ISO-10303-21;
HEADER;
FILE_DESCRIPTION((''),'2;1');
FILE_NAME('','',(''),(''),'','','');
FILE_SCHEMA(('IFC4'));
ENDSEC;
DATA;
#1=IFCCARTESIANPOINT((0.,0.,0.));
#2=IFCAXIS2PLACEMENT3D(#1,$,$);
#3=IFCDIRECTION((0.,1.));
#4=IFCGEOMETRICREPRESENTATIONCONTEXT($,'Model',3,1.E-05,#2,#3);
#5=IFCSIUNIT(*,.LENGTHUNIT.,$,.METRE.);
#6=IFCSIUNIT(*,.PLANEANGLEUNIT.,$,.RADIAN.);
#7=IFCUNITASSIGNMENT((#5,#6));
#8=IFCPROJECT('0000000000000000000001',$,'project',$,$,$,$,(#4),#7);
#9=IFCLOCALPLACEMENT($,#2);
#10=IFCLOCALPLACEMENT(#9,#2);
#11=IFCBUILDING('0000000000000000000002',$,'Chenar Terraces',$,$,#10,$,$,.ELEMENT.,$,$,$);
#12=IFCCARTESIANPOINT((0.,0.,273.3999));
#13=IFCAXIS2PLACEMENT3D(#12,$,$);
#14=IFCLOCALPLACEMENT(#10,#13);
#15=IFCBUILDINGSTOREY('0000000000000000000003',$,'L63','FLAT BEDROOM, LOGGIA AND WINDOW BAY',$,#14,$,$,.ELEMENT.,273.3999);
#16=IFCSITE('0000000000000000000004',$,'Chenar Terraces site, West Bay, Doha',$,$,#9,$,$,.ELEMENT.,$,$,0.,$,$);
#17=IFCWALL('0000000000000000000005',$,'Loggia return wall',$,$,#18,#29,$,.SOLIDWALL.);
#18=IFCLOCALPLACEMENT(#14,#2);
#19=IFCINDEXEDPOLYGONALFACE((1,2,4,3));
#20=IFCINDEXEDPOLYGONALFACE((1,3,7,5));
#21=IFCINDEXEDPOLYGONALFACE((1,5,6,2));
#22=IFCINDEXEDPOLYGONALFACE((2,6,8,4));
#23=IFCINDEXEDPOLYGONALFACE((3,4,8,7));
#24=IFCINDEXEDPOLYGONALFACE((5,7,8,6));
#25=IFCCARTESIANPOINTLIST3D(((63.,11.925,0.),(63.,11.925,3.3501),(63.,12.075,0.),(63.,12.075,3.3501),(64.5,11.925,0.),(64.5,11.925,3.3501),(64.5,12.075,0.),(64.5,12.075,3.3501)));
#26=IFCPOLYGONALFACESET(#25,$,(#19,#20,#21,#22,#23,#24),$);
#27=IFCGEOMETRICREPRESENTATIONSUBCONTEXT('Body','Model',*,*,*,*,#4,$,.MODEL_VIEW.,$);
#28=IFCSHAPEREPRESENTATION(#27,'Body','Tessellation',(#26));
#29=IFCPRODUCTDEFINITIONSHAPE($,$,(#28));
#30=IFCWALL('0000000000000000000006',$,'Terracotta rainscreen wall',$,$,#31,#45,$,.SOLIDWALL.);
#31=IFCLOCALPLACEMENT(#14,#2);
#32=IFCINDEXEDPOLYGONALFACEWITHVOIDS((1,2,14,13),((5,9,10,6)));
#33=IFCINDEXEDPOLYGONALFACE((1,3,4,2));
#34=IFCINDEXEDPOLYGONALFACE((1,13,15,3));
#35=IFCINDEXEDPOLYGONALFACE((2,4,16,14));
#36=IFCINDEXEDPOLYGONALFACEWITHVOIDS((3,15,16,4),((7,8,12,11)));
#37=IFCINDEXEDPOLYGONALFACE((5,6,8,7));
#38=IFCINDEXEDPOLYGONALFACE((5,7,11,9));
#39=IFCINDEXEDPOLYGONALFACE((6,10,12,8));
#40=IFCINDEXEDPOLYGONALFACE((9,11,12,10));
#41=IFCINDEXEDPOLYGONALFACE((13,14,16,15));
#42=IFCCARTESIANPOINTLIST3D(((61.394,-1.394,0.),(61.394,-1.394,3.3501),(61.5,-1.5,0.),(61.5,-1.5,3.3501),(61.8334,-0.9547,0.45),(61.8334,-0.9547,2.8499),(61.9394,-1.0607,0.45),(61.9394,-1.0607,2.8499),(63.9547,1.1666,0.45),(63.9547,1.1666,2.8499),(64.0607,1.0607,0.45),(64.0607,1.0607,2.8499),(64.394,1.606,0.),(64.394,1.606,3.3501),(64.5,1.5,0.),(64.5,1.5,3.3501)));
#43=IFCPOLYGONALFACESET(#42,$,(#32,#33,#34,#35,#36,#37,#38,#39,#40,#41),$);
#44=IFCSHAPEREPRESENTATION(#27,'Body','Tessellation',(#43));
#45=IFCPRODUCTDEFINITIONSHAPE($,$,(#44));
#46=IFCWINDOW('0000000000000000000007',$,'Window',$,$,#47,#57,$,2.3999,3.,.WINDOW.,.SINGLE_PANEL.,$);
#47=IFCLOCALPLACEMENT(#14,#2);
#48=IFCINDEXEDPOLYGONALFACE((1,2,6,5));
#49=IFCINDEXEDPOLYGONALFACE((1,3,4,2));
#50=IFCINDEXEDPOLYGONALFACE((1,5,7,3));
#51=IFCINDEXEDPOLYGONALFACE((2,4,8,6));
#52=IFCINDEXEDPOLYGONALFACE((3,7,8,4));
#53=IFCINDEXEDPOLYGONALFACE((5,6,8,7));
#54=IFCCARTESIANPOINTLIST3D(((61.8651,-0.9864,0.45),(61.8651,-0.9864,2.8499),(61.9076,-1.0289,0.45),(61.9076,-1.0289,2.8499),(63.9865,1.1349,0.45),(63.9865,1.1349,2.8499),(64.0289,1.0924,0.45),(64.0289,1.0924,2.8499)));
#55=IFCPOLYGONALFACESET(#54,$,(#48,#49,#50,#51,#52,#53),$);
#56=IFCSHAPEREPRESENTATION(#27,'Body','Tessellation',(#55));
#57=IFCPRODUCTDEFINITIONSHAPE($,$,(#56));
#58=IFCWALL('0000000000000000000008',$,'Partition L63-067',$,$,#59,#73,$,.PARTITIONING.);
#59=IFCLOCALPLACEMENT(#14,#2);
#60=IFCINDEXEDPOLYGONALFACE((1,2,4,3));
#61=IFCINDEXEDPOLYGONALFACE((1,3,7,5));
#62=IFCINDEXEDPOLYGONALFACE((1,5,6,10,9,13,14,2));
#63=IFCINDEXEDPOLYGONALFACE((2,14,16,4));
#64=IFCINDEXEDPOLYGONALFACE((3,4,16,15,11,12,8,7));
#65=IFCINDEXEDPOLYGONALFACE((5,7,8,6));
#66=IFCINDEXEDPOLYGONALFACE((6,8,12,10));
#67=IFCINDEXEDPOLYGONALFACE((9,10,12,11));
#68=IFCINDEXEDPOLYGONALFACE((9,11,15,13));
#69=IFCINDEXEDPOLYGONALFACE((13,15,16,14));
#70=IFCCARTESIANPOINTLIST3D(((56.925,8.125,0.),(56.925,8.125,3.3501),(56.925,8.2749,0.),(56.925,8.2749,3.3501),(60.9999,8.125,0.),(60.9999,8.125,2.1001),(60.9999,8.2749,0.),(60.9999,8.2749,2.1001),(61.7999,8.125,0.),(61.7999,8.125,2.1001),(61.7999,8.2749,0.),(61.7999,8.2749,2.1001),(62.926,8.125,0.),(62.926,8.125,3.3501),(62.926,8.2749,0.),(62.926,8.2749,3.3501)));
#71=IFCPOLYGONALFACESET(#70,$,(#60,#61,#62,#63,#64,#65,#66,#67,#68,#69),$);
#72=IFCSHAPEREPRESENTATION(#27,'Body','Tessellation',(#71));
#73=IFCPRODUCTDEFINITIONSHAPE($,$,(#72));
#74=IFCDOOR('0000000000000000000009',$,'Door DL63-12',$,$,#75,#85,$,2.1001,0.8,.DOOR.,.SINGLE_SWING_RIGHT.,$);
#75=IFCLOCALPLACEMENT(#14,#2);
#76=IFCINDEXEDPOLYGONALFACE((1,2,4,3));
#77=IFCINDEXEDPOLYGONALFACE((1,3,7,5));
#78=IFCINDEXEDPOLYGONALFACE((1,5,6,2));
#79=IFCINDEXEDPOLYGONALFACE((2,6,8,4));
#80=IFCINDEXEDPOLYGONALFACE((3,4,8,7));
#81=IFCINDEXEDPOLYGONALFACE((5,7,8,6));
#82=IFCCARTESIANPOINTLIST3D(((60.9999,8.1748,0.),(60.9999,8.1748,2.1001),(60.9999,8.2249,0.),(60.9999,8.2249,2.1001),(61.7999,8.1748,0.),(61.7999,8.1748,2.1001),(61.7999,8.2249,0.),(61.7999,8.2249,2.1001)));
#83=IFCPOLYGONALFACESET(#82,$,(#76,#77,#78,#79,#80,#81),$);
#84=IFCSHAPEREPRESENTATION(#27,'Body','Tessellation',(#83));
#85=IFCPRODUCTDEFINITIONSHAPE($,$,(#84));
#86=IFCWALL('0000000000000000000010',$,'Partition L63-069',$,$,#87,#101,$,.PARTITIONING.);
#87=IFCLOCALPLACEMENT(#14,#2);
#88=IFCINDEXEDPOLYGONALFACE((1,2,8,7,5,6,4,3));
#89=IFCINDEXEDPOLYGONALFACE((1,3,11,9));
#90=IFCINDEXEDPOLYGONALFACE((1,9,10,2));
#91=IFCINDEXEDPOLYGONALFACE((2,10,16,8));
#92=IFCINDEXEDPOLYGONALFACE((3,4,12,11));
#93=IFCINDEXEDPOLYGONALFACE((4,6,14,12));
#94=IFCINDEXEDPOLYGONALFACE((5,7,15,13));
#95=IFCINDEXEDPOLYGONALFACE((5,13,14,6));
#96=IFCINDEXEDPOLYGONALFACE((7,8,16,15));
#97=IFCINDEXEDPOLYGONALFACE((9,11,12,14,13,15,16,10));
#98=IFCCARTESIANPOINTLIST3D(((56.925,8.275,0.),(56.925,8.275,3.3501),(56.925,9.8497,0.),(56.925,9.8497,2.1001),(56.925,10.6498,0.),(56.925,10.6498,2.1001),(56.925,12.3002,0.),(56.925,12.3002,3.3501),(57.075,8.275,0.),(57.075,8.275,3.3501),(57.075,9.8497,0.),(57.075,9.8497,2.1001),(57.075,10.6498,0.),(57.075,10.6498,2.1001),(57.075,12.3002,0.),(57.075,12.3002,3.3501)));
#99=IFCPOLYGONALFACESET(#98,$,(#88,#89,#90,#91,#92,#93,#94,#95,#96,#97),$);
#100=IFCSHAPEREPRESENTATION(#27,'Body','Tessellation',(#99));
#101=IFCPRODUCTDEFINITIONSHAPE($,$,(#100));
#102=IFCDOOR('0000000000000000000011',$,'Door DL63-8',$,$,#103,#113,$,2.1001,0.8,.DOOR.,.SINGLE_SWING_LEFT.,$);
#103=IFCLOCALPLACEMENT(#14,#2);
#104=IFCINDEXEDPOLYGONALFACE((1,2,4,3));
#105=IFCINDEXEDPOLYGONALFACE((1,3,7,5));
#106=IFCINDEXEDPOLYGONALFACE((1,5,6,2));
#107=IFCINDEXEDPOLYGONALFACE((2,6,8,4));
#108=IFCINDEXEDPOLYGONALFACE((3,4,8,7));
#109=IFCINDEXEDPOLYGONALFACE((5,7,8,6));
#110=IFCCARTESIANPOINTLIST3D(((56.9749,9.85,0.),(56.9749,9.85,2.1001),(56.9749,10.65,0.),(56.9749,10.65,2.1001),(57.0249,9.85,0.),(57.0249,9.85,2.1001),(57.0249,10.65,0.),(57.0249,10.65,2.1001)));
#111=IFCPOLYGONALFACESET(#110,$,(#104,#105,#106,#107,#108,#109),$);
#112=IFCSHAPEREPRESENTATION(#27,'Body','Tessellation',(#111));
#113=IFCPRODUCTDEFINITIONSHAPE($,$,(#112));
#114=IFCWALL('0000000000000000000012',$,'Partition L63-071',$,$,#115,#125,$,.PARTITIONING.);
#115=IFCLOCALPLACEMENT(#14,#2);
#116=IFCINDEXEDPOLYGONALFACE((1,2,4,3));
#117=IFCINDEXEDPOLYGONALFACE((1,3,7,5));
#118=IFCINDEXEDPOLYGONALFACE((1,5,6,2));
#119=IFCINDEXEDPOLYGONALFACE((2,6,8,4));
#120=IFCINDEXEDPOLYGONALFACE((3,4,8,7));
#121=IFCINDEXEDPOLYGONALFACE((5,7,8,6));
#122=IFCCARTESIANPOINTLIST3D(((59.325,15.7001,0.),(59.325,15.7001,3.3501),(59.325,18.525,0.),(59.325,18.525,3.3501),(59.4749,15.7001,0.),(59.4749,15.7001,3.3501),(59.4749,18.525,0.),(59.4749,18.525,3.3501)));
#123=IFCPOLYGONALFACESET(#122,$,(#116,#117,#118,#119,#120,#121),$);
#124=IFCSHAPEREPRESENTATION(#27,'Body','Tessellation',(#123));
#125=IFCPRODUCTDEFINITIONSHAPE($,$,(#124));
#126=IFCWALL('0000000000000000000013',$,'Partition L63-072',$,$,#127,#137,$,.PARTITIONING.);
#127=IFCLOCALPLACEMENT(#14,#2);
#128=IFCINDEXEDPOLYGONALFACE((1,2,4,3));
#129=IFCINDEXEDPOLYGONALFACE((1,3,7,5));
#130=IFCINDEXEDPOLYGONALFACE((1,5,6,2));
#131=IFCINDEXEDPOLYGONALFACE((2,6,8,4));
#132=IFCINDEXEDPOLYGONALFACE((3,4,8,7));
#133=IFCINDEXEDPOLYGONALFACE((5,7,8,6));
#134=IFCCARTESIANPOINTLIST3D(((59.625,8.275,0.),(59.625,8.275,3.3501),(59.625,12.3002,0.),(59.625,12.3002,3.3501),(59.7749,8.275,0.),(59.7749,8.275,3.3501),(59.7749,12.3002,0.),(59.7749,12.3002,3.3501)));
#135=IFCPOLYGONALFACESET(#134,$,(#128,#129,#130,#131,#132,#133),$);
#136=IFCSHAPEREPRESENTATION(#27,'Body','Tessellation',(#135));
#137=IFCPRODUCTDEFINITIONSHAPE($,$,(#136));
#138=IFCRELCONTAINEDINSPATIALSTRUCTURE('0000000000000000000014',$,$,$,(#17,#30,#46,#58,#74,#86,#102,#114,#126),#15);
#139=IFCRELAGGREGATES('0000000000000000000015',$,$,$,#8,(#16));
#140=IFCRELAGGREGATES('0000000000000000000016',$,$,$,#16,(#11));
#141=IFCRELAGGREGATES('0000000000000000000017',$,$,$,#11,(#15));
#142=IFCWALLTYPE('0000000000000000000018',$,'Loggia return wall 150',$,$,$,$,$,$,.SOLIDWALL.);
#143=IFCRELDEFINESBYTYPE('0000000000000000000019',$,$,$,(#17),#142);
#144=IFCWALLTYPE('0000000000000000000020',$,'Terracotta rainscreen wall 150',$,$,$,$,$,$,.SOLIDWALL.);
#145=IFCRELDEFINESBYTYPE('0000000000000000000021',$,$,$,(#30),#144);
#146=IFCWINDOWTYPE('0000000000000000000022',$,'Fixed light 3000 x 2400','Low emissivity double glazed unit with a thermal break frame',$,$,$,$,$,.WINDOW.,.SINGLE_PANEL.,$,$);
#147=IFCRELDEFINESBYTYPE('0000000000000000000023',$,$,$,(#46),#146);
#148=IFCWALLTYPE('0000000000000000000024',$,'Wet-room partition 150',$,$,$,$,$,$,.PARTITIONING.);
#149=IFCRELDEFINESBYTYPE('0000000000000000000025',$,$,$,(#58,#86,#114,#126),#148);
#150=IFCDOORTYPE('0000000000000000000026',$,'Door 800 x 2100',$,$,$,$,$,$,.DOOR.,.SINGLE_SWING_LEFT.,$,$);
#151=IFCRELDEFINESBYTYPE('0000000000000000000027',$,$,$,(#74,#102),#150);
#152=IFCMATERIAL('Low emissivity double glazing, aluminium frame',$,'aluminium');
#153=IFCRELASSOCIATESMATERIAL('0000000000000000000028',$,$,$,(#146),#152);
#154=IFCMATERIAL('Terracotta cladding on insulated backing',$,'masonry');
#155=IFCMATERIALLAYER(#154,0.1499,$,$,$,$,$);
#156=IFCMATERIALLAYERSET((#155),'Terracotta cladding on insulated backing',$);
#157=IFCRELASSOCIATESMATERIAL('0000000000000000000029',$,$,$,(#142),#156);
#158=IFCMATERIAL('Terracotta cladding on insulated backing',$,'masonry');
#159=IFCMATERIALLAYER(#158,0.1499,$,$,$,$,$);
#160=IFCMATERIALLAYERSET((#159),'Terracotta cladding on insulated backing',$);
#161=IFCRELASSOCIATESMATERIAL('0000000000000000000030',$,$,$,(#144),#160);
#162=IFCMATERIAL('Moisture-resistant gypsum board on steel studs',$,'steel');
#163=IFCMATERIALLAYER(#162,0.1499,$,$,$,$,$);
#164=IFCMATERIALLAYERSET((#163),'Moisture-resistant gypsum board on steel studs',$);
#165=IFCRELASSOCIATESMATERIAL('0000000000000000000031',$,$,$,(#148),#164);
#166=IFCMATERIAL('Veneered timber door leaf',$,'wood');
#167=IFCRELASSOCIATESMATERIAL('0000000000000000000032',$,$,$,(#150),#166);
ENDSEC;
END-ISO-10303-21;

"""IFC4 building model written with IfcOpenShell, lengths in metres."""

from ifc_helpers import new_model, si_unit, direction, frame, frame_2d, origin, place, context, subcontext, project, spatial, rectangle, extrude, material, layer, layer_set, type_object, element, fill, save


model = new_model("IFC4")

# Units and contexts
model_context = context("Model", 3, precision=1e-05, world=origin(), true_north=direction((0.0, 1.0)))
body_context = subcontext(model_context, "Body", "Model", "MODEL_VIEW")
ifc_project = project(units=[si_unit("LENGTHUNIT", "METRE"), si_unit("PLANEANGLEUNIT", "RADIAN")], contexts=[model_context])

# Site, building, storey
site_placement = place(None, origin())
site = spatial("IfcSite", under=ifc_project, at=site_placement, Name="Chenar Terraces site, West Bay, Doha", CompositionType="ELEMENT", RefElevation=0.0)
building_placement = place(site_placement, origin())
building = spatial("IfcBuilding", under=site, at=building_placement, Name="Chenar Terraces", CompositionType="ELEMENT")
storey_placement = place(building_placement, frame((0.0, 0.0, 273.3999)))
storey = spatial("IfcBuildingStorey", under=building, at=storey_placement, Name="L63", Description="FLAT BEDROOM, LOGGIA AND WINDOW BAY", CompositionType="ELEMENT", Elevation=273.3999)

# Shared definitions
ifc_material_1 = material(Name="Low emissivity double glazing, aluminium frame", Category="aluminium")
window_type_1 = type_object("IfcWindowType", Name="Fixed light 3000 x 2400", Description="Low emissivity double glazed unit with a thermal break frame", PartitioningType="SINGLE_PANEL", PredefinedType="WINDOW", material=ifc_material_1)

# Wall
ifc_material_2 = material(Name="Terracotta cladding on insulated backing", Category="masonry")
ifc_layer_1 = layer(ifc_material_2, 0.1499)
ifc_layer_set_1 = layer_set([ifc_layer_1], Name="Terracotta cladding on insulated backing")
wall_type_1 = type_object("IfcWallType", Name="Loggia return wall 150", PredefinedType="SOLIDWALL", material=ifc_layer_set_1)
for number, where, z_axis, x_axis, name in (
    (1, (64.5, 12.0, 0.0), (0.0, 0.0, 1.0), (-1.0, 0.0, 0.0), "Loggia return wall"),
):
    element("IfcWall", number, at=place(storey_placement, frame(where, z_axis=z_axis, x_axis=x_axis)), inside=storey, type_object=wall_type_1, Name=name, PredefinedType="SOLIDWALL", context=body_context, shape_type="SweptSolid", body=[
        extrude(rectangle(XDim=1.5, YDim=0.1499, at=frame_2d((0.75, 0.0))), origin(), (0.0, 0.0, 1.0), 3.3501),
    ])

# Wall, opening, window
ifc_material_3 = material(Name="Terracotta cladding on insulated backing", Category="masonry")
ifc_layer_2 = layer(ifc_material_3, 0.1499)
ifc_layer_set_2 = layer_set([ifc_layer_2], Name="Terracotta cladding on insulated backing")
wall_type_2 = type_object("IfcWallType", Name="Terracotta rainscreen wall 150", PredefinedType="SOLIDWALL", material=ifc_layer_set_2)
wall_1_placement = place(storey_placement, frame((61.447, -1.447, 0.0), z_axis=(0.0, 0.0, 1.0), x_axis=(0.707107, 0.707107, 0.0)))
wall_1 = element("IfcWall", 2, at=wall_1_placement, inside=storey, type_object=wall_type_2, Name="Terracotta rainscreen wall", PredefinedType="SOLIDWALL", context=body_context, shape_type="SweptSolid", body=[
    extrude(rectangle(XDim=4.2427, YDim=0.1499, at=frame_2d((2.1213, 0.0))), origin(), (0.0, 0.0, 1.0), 3.3501),
])
opening_1_placement = place(wall_1_placement, frame((0.6213, 0.0, 0.45)))
opening_1 = element("IfcOpeningElement", 3, at=opening_1_placement, cuts=wall_1, PredefinedType="OPENING", context=body_context, shape_type="SweptSolid", body=[
    extrude(rectangle(XDim=3.0, YDim=2.3999, at=frame_2d((1.5, 1.2))), frame((0.0, 0.085, 0.0), z_axis=(0.0, -1.0, 0.0), x_axis=(1.0, 0.0, 0.0)), (0.0, 0.0, 1.0), 0.1699),
])
window_1_placement = place(opening_1_placement, origin())
window_1 = element("IfcWindow", 4, at=window_1_placement, inside=storey, type_object=window_type_1, Name="Window", OverallHeight=2.3999, OverallWidth=3.0, PartitioningType="SINGLE_PANEL", PredefinedType="WINDOW", context=body_context, shape_type="SweptSolid", body=[
    extrude(rectangle(XDim=3.0, YDim=2.3999, at=frame_2d((1.5, 1.2))), frame((0.0, 0.03, 0.0), z_axis=(0.0, -1.0, 0.0), x_axis=(1.0, 0.0, 0.0)), (0.0, 0.0, 1.0), 0.0601),
])
fill(opening_1, window_1)

# Walls, openings, doors
ifc_material_4 = material(Name="Moisture-resistant gypsum board on steel studs", Category="steel")
ifc_layer_3 = layer(ifc_material_4, 0.1499)
ifc_layer_set_3 = layer_set([ifc_layer_3], Name="Moisture-resistant gypsum board on steel studs")
wall_type_3 = type_object("IfcWallType", Name="Wet-room partition 150", PredefinedType="PARTITIONING", material=ifc_layer_set_3)
wall_2_placement = place(storey_placement, frame((56.925, 8.2, 0.0), z_axis=(0.0, 0.0, 1.0), x_axis=(1.0, 0.0, 0.0)))
wall_2 = element("IfcWall", 5, at=wall_2_placement, inside=storey, type_object=wall_type_3, Name="Partition L63-067", PredefinedType="PARTITIONING", context=body_context, shape_type="SweptSolid", body=[
    extrude(rectangle(XDim=6.001, YDim=0.1499, at=frame_2d((3.0005, 0.0))), origin(), (0.0, 0.0, 1.0), 3.3501),
])
opening_2_placement = place(wall_2_placement, frame((4.075, 0.0, 0.0)))
opening_2 = element("IfcOpeningElement", 6, at=opening_2_placement, cuts=wall_2, PredefinedType="OPENING", context=body_context, shape_type="SweptSolid", body=[
    extrude(rectangle(XDim=0.8, YDim=2.1001, at=frame_2d((0.3999, 1.05))), frame((0.0, 0.085, 0.0), z_axis=(0.0, -1.0, 0.0), x_axis=(1.0, 0.0, 0.0)), (0.0, 0.0, 1.0), 0.1699),
])
ifc_material_5 = material(Name="Veneered timber door leaf", Category="wood")
door_type_1 = type_object("IfcDoorType", Name="Door 800 x 2100", OperationType="SINGLE_SWING_LEFT", PredefinedType="DOOR", material=ifc_material_5)
door_1_placement = place(opening_2_placement, origin())
door_1 = element("IfcDoor", 7, at=door_1_placement, inside=storey, type_object=door_type_1, Name="Door DL63-12", OperationType="SINGLE_SWING_RIGHT", OverallHeight=2.1001, OverallWidth=0.8, PredefinedType="DOOR", context=body_context, shape_type="SweptSolid", body=[
    extrude(rectangle(XDim=0.8, YDim=2.1001, at=frame_2d((0.3999, 1.05))), frame((0.0, 0.0249, 0.0), z_axis=(0.0, -1.0, 0.0), x_axis=(1.0, 0.0, 0.0)), (0.0, 0.0, 1.0), 0.05),
])
fill(opening_2, door_1)
wall_3_placement = place(storey_placement, frame((57.0, 8.2749, 0.0), z_axis=(0.0, 0.0, 1.0), x_axis=(0.0, 1.0, 0.0)))
wall_3 = element("IfcWall", 8, at=wall_3_placement, inside=storey, type_object=wall_type_3, Name="Partition L63-069", PredefinedType="PARTITIONING", context=body_context, shape_type="SweptSolid", body=[
    extrude(rectangle(XDim=4.0251, YDim=0.1499, at=frame_2d((2.0127, 0.0))), origin(), (0.0, 0.0, 1.0), 3.3501),
])
opening_3_placement = place(wall_3_placement, frame((1.575, 0.0, 0.0)))
opening_3 = element("IfcOpeningElement", 9, at=opening_3_placement, cuts=wall_3, PredefinedType="OPENING", context=body_context, shape_type="SweptSolid", body=[
    extrude(rectangle(XDim=0.8, YDim=2.1001, at=frame_2d((0.3999, 1.05))), frame((0.0, 0.085, 0.0), z_axis=(0.0, -1.0, 0.0), x_axis=(1.0, 0.0, 0.0)), (0.0, 0.0, 1.0), 0.1699),
])
door_2_placement = place(opening_3_placement, frame((0.8, 0.0, 0.0), z_axis=(0.0, 0.0, 1.0), x_axis=(-1.0, 0.0, 0.0)))
door_2 = element("IfcDoor", 10, at=door_2_placement, inside=storey, type_object=door_type_1, Name="Door DL63-8", OperationType="SINGLE_SWING_LEFT", OverallHeight=2.1001, OverallWidth=0.8, PredefinedType="DOOR", context=body_context, shape_type="SweptSolid", body=[
    extrude(rectangle(XDim=0.8, YDim=2.1001, at=frame_2d((0.3999, 1.05))), frame((0.0, 0.0249, 0.0), z_axis=(0.0, -1.0, 0.0), x_axis=(1.0, 0.0, 0.0)), (0.0, 0.0, 1.0), 0.05),
])
fill(opening_3, door_2)

# Walls
wall_4_placement = place(storey_placement, frame((59.3999, 15.7, 0.0), z_axis=(0.0, 0.0, 1.0), x_axis=(0.0, 1.0, 0.0)))
element("IfcWall", 11, at=wall_4_placement, inside=storey, type_object=wall_type_3, Name="Partition L63-071", PredefinedType="PARTITIONING", context=body_context, shape_type="SweptSolid", body=[
    extrude(rectangle(XDim=2.825, YDim=0.1499, at=frame_2d((1.4126, 0.0))), origin(), (0.0, 0.0, 1.0), 3.3501),
])
wall_5_placement = place(storey_placement, frame((59.7, 8.2749, 0.0), z_axis=(0.0, 0.0, 1.0), x_axis=(0.0, 1.0, 0.0)))
element("IfcWall", 12, at=wall_5_placement, inside=storey, type_object=wall_type_3, Name="Partition L63-072", PredefinedType="PARTITIONING", context=body_context, shape_type="SweptSolid", body=[
    extrude(rectangle(XDim=4.0251, YDim=0.1499, at=frame_2d((2.0127, 0.0))), origin(), (0.0, 0.0, 1.0), 3.3501),
])

save(model, "model.ifc")
